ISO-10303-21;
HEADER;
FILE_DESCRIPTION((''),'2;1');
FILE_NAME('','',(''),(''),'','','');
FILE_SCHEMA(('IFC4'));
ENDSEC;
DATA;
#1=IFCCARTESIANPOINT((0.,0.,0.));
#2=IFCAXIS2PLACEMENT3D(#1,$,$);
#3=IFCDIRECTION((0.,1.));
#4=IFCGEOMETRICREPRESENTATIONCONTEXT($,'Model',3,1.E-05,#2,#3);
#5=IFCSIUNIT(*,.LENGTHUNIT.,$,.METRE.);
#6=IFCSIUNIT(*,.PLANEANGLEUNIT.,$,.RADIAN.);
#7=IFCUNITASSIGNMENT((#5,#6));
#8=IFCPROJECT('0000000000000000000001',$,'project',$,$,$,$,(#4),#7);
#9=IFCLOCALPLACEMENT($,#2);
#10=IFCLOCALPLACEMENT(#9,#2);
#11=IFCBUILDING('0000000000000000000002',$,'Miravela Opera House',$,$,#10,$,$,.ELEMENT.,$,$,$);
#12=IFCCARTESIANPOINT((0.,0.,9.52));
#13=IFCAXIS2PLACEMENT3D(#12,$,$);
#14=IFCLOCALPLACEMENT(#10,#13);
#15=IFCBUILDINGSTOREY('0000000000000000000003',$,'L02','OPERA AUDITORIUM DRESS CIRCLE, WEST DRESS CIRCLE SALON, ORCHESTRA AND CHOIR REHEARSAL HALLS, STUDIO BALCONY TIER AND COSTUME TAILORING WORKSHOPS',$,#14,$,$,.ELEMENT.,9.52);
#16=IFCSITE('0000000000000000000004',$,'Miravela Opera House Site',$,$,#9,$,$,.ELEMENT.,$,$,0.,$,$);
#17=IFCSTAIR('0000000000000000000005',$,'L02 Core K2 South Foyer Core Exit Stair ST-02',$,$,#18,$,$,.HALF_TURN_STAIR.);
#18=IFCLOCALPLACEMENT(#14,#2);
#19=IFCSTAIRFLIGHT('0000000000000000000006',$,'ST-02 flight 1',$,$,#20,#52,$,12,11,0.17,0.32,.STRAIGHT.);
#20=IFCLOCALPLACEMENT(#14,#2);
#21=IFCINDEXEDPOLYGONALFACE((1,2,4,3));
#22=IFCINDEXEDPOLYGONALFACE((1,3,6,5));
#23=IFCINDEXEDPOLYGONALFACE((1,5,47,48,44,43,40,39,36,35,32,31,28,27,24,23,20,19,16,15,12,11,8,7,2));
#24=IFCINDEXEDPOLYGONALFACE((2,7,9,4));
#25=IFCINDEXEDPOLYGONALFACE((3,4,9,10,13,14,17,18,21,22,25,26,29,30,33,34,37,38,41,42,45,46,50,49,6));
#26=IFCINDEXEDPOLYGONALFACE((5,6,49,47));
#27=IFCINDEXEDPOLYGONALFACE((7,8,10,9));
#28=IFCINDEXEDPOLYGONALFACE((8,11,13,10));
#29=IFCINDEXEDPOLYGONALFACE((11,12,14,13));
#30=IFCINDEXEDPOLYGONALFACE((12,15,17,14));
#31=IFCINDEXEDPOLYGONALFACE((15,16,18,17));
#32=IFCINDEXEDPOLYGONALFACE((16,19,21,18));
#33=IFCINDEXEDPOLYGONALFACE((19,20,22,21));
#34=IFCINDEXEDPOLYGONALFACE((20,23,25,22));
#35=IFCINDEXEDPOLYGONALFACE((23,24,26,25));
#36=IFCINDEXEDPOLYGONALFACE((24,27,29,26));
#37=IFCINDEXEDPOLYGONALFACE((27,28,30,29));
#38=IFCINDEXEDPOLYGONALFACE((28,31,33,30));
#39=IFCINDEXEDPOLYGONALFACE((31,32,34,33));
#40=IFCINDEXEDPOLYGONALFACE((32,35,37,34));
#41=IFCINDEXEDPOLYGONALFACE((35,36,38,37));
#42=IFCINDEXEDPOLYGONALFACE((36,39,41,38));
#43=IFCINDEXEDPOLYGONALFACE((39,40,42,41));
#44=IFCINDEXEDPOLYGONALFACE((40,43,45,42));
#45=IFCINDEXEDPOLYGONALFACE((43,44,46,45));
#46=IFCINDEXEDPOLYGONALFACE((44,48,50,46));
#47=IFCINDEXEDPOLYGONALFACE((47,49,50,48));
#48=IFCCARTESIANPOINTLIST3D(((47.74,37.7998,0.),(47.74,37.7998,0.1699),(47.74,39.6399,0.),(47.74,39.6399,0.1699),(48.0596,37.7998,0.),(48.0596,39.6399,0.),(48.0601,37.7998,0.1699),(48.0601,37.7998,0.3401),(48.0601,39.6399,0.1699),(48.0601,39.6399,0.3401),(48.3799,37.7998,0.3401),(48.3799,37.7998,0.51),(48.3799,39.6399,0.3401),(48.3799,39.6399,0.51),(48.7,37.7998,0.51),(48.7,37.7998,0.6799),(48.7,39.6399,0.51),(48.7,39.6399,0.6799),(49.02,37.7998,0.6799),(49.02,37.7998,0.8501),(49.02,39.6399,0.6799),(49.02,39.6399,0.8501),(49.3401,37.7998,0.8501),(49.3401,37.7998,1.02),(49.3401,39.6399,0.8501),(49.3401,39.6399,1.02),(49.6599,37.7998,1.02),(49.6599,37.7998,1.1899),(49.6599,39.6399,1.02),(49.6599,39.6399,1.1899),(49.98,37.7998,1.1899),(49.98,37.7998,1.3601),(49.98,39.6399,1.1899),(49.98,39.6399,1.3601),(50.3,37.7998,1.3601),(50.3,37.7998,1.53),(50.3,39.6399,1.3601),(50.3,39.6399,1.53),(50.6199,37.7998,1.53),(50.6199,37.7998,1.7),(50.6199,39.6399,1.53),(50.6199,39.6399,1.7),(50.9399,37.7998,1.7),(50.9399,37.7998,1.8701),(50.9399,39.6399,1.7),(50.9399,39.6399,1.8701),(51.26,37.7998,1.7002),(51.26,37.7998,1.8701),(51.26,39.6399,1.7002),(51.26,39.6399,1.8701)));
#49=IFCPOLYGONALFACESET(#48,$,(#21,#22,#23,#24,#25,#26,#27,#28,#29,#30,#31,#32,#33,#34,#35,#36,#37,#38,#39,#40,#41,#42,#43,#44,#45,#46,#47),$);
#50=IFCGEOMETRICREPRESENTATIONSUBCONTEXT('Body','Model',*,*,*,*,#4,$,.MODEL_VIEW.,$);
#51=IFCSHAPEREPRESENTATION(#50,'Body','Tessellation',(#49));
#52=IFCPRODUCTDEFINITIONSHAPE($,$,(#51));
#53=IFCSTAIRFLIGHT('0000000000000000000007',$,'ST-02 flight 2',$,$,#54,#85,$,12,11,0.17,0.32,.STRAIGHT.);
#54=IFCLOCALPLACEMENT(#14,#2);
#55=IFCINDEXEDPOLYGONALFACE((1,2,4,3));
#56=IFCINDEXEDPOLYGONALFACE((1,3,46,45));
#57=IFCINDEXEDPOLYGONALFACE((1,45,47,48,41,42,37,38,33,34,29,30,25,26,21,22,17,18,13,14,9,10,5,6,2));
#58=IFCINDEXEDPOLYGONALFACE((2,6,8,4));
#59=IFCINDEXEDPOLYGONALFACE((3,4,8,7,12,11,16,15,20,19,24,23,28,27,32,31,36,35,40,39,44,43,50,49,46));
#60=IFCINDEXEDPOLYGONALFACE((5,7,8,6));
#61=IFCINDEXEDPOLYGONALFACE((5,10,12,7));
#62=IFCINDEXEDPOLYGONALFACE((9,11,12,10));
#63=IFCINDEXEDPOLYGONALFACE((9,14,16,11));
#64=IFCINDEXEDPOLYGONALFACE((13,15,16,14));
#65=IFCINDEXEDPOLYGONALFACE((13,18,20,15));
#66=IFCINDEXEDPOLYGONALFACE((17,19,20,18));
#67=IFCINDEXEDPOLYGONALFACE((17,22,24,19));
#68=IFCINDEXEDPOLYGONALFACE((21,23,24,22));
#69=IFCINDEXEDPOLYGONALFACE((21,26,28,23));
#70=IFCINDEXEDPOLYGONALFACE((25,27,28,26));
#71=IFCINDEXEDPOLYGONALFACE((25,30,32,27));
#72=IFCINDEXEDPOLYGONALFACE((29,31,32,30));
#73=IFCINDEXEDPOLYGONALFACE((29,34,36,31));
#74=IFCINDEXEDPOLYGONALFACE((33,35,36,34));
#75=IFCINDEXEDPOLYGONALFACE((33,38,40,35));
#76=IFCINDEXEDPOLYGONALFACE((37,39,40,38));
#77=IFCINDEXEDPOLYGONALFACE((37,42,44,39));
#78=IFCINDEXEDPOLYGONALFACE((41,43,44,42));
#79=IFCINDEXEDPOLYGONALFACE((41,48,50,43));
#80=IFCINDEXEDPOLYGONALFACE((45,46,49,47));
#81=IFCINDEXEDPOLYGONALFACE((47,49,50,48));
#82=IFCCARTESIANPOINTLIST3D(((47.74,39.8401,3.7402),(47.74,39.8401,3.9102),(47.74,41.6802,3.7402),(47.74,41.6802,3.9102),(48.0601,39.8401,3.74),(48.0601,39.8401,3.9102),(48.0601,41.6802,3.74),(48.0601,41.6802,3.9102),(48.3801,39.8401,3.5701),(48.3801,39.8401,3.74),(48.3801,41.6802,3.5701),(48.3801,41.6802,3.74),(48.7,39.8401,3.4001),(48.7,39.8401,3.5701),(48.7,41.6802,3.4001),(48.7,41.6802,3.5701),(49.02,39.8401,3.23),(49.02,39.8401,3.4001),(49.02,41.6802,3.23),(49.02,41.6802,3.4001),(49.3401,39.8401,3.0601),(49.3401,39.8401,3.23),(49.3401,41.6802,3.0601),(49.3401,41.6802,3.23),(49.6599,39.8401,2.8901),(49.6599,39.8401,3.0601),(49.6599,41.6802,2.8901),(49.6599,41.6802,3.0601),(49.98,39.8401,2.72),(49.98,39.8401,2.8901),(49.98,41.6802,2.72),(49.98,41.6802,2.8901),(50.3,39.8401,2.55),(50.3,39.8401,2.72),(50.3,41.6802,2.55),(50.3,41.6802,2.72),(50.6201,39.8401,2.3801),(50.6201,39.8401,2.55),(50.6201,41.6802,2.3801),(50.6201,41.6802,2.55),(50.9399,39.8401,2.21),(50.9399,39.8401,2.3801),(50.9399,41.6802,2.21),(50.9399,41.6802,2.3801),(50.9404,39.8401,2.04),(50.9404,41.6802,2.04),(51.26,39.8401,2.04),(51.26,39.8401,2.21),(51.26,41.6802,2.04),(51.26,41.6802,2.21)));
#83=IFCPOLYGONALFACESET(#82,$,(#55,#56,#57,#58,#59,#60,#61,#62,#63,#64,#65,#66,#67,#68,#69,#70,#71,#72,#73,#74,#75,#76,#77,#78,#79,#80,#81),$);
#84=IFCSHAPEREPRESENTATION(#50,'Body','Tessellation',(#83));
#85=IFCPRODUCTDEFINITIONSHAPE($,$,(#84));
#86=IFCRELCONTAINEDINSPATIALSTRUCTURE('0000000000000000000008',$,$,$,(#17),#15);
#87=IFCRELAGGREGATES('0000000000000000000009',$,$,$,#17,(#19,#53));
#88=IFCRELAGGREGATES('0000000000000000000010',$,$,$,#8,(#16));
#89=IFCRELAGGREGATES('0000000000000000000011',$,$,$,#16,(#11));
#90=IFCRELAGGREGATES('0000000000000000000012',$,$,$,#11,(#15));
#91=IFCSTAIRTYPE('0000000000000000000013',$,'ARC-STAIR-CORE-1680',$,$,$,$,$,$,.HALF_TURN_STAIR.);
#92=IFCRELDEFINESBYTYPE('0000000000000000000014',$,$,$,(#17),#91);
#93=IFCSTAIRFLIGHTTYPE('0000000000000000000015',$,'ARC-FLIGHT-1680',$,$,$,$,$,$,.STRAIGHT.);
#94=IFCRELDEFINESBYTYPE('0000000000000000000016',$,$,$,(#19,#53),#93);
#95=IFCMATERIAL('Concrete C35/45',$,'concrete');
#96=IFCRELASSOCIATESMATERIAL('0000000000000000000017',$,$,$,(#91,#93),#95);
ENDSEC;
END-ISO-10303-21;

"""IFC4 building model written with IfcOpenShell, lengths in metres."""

from ifc_helpers import new_model, si_unit, direction, frame, origin, place, context, subcontext, project, spatial, polyline, outline, extrude, material, type_object, element, aggregate, save


model = new_model("IFC4")

# Units and contexts
model_context = context("Model", 3, precision=1e-05, world=origin(), true_north=direction((0.0, 1.0)))
body_context = subcontext(model_context, "Body", "Model", "MODEL_VIEW")
ifc_project = project(units=[si_unit("LENGTHUNIT", "METRE"), si_unit("PLANEANGLEUNIT", "RADIAN")], contexts=[model_context])

# Site, building, storey
site_placement = place(None, origin())
site = spatial("IfcSite", under=ifc_project, at=site_placement, Name="Miravela Opera House Site", CompositionType="ELEMENT", RefElevation=0.0)
building_placement = place(site_placement, origin())
building = spatial("IfcBuilding", under=site, at=building_placement, Name="Miravela Opera House", CompositionType="ELEMENT")
storey_placement = place(building_placement, frame((0.0, 0.0, 9.52)))
storey = spatial("IfcBuildingStorey", under=building, at=storey_placement, Name="L02", Description="OPERA AUDITORIUM DRESS CIRCLE, WEST DRESS CIRCLE SALON, ORCHESTRA AND CHOIR REHEARSAL HALLS, STUDIO BALCONY TIER AND COSTUME TAILORING WORKSHOPS", CompositionType="ELEMENT", Elevation=9.52)

# Shared definitions
ifc_material_1 = material(Name="Concrete C35/45", Category="concrete")

# Stair, stair flights
stair_type = type_object("IfcStairType", Name="ARC-STAIR-CORE-1680", PredefinedType="HALF_TURN_STAIR", material=ifc_material_1)
stair_placement = place(storey_placement, origin())
stair = element("IfcStair", 1, at=stair_placement, inside=storey, type_object=stair_type, Name="L02 Core K2 South Foyer Core Exit Stair ST-02", PredefinedType="HALF_TURN_STAIR")
stair_flight_type = type_object("IfcStairFlightType", Name="ARC-FLIGHT-1680", PredefinedType="STRAIGHT", material=ifc_material_1)
stair_flight_1_placement = place(storey_placement, frame((47.74, 38.72, 0.0), z_axis=(0.0, 0.0, 1.0), x_axis=(1.0, 0.0, 0.0)))
stair_flight_1 = element("IfcStairFlight", 2, at=stair_flight_1_placement, type_object=stair_flight_type, Name="ST-02 flight 1", NumberOfRisers=12, NumberOfTreads=11, PredefinedType="STRAIGHT", RiserHeight=0.17, TreadLength=0.32, context=body_context, shape_type="SweptSolid", body=[
    extrude(outline(polyline([(0.0, 0.0), (0.0, 0.1699), (0.3201, 0.1699), (0.3201, 0.3401), (0.6399, 0.3401), (0.6399, 0.51), (0.96, 0.51), (0.96, 0.6799), (1.28, 0.6799), (1.28, 0.8501), (1.6001, 0.8501), (1.6001, 1.02), (1.9199, 1.02), (1.9199, 1.1899), (2.24, 1.1899), (2.24, 1.3601), (2.5601, 1.3601), (2.5601, 1.53), (2.8799, 1.53), (2.8799, 1.7), (3.2, 1.7), (3.2, 1.8701), (3.52, 1.8701), (3.52, 2.04), (3.52, 1.7002), (0.3196, 0.0), (0.0, 0.0)])), frame((0.0, 0.9199, 0.0), z_axis=(0.0, -1.0, 0.0), x_axis=(1.0, 0.0, 0.0)), (0.0, 0.0, 1.0), 1.8401),
])
stair_flight_2_placement = place(storey_placement, frame((51.26, 40.76, 2.04), z_axis=(0.0, 0.0, 1.0), x_axis=(-1.0, 0.0, 0.0)))
stair_flight_2 = element("IfcStairFlight", 3, at=stair_flight_2_placement, type_object=stair_flight_type, Name="ST-02 flight 2", NumberOfRisers=12, NumberOfTreads=11, PredefinedType="STRAIGHT", RiserHeight=0.17, TreadLength=0.32, context=body_context, shape_type="SweptSolid", body=[
    extrude(outline(polyline([(0.0, 0.0), (0.0, 0.1699), (0.3201, 0.1699), (0.3201, 0.3401), (0.6399, 0.3401), (0.6399, 0.51), (0.96, 0.51), (0.96, 0.6799), (1.28, 0.6799), (1.28, 0.8501), (1.6001, 0.8501), (1.6001, 1.02), (1.9199, 1.02), (1.9199, 1.1899), (2.24, 1.1899), (2.24, 1.3601), (2.5601, 1.3601), (2.5601, 1.53), (2.8799, 1.53), (2.8799, 1.7), (3.2, 1.7), (3.2, 1.8701), (3.52, 1.8701), (3.52, 2.04), (3.52, 1.7002), (0.3196, 0.0), (0.0, 0.0)])), frame((0.0, 0.9199, 0.0), z_axis=(0.0, -1.0, 0.0), x_axis=(1.0, 0.0, 0.0)), (0.0, 0.0, 1.0), 1.8401),
])
aggregate(stair, [stair_flight_1, stair_flight_2])

save(model, "model.ifc")
